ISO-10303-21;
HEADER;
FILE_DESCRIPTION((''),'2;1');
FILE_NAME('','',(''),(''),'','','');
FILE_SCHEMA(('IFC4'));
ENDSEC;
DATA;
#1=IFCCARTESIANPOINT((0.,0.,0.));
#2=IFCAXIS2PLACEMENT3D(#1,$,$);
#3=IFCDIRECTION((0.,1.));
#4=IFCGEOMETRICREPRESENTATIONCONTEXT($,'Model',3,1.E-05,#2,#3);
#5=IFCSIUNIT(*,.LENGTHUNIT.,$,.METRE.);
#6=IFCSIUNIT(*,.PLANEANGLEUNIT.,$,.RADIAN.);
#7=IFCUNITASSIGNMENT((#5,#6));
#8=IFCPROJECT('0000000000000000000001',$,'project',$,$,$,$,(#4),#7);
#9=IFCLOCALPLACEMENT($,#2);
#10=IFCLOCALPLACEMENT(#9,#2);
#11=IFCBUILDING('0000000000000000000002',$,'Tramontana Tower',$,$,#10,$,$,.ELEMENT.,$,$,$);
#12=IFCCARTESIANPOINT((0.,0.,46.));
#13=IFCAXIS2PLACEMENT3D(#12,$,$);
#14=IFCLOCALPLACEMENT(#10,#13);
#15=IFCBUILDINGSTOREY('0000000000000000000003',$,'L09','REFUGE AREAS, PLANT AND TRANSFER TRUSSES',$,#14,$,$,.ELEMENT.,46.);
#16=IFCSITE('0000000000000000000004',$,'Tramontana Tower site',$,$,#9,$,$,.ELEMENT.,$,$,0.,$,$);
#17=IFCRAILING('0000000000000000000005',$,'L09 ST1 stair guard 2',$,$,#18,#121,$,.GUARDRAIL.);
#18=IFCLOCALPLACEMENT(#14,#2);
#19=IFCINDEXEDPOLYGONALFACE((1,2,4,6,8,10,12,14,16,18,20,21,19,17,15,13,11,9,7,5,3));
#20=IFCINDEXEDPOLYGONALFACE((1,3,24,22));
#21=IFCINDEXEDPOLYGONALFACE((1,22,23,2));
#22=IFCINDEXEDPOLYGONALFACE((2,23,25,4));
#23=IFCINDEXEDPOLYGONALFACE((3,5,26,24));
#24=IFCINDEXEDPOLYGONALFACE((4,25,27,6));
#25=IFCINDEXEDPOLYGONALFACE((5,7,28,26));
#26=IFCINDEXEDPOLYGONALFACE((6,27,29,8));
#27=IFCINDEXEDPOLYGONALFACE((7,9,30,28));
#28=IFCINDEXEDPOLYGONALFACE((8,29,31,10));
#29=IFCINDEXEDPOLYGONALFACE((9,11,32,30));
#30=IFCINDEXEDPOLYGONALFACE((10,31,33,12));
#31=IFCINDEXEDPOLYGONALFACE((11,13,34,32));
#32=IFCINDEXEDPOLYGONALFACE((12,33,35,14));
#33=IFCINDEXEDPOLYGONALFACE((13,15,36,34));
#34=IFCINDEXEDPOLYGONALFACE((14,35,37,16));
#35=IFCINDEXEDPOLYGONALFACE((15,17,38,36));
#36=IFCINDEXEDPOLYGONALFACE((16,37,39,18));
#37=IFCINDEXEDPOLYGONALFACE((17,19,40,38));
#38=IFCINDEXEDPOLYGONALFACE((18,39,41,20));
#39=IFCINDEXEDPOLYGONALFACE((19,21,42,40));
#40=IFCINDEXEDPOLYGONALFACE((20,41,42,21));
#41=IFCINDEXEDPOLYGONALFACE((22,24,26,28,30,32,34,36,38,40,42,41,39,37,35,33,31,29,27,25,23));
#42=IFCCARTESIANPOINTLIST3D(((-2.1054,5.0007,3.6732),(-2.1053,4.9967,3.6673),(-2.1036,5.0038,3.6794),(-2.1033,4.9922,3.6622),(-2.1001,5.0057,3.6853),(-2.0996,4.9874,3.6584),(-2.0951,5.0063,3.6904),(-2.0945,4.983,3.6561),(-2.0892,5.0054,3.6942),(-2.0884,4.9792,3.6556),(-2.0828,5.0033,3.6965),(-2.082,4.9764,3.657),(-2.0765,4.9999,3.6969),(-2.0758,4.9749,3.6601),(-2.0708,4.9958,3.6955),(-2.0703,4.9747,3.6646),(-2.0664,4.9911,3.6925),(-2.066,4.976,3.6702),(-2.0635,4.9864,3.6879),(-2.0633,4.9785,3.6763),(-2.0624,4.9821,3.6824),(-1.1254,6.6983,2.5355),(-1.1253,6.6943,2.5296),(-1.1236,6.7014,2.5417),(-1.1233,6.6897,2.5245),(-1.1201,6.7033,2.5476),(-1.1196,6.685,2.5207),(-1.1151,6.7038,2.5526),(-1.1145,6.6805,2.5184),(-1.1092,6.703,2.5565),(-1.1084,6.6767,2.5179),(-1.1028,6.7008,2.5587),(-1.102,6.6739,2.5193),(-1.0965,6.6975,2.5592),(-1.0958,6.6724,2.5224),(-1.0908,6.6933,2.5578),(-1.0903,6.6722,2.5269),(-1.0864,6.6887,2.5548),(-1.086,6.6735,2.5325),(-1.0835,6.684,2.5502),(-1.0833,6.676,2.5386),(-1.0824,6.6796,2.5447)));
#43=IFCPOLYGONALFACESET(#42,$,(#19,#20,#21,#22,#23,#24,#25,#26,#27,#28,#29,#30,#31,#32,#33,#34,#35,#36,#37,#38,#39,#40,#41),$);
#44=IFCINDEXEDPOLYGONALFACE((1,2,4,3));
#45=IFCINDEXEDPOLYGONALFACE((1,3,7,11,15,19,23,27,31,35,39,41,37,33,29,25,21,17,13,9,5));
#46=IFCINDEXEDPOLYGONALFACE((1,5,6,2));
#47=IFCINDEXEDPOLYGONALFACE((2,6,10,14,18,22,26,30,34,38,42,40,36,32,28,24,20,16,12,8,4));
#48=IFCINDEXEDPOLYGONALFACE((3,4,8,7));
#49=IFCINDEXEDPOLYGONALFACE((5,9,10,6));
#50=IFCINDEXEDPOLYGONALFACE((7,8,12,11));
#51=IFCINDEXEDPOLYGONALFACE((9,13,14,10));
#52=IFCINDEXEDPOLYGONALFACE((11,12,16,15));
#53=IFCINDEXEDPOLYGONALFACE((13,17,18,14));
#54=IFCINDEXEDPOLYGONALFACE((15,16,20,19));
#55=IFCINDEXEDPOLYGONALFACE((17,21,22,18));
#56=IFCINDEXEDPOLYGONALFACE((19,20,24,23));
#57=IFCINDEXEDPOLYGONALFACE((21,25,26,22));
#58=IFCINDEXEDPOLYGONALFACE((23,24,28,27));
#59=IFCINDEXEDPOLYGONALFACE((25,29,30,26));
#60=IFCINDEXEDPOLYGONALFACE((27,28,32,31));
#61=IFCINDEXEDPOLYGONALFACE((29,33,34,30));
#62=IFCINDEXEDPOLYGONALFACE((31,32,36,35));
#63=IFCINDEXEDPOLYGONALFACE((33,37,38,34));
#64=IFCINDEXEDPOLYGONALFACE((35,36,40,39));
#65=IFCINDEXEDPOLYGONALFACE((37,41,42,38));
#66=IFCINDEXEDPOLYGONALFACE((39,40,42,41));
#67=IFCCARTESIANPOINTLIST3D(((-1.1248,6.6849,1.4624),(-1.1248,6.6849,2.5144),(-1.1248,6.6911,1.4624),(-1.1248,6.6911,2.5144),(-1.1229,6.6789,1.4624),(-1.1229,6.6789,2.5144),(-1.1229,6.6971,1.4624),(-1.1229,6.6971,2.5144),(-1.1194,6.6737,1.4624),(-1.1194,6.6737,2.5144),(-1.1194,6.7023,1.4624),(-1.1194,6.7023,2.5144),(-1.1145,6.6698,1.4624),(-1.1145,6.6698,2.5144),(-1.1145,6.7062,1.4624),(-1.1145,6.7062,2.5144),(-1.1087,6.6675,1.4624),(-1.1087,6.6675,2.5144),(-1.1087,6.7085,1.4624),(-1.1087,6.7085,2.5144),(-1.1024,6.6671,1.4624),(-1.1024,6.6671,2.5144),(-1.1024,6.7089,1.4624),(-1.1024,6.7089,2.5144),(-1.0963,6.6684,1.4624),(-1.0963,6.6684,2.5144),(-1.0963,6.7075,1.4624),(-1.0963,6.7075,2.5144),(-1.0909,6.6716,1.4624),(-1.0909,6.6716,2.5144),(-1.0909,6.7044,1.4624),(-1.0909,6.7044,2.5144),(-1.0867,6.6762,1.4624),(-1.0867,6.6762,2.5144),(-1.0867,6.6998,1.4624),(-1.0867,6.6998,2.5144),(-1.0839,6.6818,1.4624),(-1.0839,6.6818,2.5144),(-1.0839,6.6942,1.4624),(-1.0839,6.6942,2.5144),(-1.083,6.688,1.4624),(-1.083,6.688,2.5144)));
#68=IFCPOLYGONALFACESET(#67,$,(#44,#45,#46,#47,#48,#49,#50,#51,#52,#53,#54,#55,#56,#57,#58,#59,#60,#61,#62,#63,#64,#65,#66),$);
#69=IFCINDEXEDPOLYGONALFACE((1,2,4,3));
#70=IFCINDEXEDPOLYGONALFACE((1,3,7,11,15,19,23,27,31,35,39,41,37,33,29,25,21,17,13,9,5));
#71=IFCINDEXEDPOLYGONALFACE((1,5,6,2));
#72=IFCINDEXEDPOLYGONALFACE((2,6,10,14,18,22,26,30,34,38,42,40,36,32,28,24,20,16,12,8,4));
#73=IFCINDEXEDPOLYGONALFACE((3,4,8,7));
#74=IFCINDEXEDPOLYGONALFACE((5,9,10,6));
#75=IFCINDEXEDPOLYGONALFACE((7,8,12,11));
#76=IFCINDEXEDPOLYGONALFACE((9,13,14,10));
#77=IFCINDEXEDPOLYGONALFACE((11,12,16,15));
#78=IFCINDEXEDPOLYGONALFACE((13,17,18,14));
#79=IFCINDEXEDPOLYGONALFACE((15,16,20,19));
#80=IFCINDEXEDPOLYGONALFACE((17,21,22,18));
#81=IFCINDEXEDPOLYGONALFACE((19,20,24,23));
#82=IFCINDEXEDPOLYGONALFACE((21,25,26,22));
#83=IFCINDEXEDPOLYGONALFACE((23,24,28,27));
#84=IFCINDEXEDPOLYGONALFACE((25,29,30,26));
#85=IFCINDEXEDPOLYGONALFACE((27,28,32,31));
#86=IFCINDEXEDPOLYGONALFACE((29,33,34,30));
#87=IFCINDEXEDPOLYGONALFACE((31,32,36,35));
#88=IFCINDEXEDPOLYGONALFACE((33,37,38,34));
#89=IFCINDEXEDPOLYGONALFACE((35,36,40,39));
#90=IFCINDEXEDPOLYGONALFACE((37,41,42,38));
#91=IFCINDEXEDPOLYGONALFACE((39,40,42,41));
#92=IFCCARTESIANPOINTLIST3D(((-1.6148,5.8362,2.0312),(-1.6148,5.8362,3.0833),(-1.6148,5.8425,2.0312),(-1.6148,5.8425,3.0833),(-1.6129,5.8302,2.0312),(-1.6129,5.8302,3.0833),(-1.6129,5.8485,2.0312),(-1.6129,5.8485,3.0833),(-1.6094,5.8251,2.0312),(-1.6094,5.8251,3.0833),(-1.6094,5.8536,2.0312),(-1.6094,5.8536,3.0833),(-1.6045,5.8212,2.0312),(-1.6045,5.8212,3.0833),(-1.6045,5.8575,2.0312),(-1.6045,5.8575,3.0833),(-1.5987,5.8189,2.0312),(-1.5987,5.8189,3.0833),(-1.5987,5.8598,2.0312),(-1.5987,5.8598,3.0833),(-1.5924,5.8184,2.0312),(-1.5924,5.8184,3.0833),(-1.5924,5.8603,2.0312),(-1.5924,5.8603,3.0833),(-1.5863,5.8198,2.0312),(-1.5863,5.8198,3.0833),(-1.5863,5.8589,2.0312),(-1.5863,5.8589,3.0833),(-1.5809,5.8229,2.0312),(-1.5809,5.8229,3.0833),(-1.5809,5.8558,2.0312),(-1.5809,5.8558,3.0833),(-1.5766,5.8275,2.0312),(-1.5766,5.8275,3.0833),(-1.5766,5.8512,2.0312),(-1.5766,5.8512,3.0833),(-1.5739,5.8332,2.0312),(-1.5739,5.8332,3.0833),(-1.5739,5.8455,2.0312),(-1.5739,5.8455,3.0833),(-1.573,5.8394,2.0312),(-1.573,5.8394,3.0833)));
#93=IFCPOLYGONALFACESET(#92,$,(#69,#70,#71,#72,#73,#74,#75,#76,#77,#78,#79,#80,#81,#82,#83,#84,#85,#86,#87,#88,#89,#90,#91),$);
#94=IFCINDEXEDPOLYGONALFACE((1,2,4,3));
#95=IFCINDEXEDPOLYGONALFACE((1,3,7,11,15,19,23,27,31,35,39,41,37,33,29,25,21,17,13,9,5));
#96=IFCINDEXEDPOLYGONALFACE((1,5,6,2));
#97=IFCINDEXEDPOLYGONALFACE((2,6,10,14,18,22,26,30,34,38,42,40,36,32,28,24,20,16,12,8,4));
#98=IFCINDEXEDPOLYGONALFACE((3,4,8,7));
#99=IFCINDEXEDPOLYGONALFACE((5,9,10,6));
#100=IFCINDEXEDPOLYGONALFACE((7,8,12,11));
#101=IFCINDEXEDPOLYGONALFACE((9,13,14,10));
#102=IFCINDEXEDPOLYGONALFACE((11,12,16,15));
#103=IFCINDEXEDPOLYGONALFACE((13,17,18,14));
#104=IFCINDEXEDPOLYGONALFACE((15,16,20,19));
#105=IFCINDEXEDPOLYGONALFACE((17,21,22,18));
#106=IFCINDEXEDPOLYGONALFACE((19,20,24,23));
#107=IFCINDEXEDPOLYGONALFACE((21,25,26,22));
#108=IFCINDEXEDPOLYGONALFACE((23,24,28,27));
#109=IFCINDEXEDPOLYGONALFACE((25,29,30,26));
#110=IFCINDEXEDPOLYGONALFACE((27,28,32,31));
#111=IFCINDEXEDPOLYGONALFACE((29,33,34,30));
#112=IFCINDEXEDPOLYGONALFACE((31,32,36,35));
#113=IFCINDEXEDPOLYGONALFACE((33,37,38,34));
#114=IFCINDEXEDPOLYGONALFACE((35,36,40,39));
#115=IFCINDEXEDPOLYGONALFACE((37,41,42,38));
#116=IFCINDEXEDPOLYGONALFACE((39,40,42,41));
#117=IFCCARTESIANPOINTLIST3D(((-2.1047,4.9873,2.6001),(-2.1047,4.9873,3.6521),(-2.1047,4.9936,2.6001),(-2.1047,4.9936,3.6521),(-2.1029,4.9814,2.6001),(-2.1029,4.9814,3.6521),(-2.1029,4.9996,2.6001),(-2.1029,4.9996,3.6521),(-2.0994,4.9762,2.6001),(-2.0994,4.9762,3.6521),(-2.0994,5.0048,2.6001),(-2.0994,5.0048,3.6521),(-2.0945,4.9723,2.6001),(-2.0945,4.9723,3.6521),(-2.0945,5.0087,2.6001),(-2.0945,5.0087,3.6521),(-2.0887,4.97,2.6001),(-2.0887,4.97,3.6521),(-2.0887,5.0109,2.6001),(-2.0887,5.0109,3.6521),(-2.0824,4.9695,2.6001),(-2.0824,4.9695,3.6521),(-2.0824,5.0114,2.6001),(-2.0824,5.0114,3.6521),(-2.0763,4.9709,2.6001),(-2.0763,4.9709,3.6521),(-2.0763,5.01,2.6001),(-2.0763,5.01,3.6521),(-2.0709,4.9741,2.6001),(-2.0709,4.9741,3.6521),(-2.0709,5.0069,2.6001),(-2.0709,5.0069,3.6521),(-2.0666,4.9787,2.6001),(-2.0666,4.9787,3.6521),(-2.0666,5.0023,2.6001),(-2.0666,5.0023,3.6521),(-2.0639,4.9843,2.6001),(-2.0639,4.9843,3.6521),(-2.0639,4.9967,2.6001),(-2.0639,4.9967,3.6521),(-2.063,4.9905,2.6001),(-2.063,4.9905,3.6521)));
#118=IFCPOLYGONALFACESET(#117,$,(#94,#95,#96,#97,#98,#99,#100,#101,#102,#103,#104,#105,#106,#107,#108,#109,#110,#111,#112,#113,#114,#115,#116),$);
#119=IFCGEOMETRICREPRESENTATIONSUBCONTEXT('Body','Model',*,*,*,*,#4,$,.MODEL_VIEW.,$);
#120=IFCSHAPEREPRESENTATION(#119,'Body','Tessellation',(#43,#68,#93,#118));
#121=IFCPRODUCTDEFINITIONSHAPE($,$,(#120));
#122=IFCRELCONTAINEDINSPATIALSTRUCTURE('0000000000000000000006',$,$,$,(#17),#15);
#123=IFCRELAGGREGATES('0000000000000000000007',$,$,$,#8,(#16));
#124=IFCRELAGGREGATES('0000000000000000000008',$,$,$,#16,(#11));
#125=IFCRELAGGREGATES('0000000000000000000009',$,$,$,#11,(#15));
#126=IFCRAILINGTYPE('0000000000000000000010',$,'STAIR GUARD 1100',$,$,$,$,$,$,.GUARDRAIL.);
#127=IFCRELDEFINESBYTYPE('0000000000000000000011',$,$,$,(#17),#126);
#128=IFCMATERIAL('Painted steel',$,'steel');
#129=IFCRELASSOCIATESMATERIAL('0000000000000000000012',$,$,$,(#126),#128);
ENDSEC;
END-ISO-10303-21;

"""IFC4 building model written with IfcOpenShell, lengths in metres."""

from ifc_helpers import new_model, si_unit, direction, frame, origin, origin_2d, place, context, subcontext, project, spatial, circle, extrude, material, type_object, element, save


model = new_model("IFC4")

# Units and contexts
model_context = context("Model", 3, precision=1e-05, world=origin(), true_north=direction((0.0, 1.0)))
body_context = subcontext(model_context, "Body", "Model", "MODEL_VIEW")
ifc_project = project(units=[si_unit("LENGTHUNIT", "METRE"), si_unit("PLANEANGLEUNIT", "RADIAN")], contexts=[model_context])

# Site, building, storey
site_placement = place(None, origin())
site = spatial("IfcSite", under=ifc_project, at=site_placement, Name="Tramontana Tower site", CompositionType="ELEMENT", RefElevation=0.0)
building_placement = place(site_placement, origin())
building = spatial("IfcBuilding", under=site, at=building_placement, Name="Tramontana Tower", CompositionType="ELEMENT")
storey_placement = place(building_placement, frame((0.0, 0.0, 46.0)))
storey = spatial("IfcBuildingStorey", under=building, at=storey_placement, Name="L09", Description="REFUGE AREAS, PLANT AND TRANSFER TRUSSES", CompositionType="ELEMENT", Elevation=46.0)

# Railing
ifc_material_1 = material(Name="Painted steel", Category="steel")
railing_type_1 = type_object("IfcRailingType", Name="STAIR GUARD 1100", PredefinedType="GUARDRAIL", material=ifc_material_1)
railing_1_placement = place(storey_placement, frame((-1.104, 6.688, 1.4624)))
element("IfcRailing", 1, at=railing_1_placement, inside=storey, type_object=railing_type_1, Name="L09 ST1 stair guard 2", PredefinedType="GUARDRAIL", context=body_context, shape_type="SweptSolid", body=[
    extrude(circle(Radius=0.0239, at=origin_2d()), frame((0.0, 0.0, 1.0762), z_axis=(-0.432409, -0.749013, 0.501999), x_axis=(0.866042, -0.49997, 0.0)), (0.0, 0.0, 1.0), 2.2664),
    extrude(circle(Radius=0.021, at=origin_2d()), origin(), (0.0, 0.0, 1.0), 1.052),
    extrude(circle(Radius=0.021, at=origin_2d()), frame((-0.49, -0.8486, 0.5688)), (0.0, 0.0, 1.0), 1.052),
    extrude(circle(Radius=0.021, at=origin_2d()), frame((-0.98, -1.6975, 1.1377)), (0.0, 0.0, 1.0), 1.052),
])

save(model, "model.ifc")
